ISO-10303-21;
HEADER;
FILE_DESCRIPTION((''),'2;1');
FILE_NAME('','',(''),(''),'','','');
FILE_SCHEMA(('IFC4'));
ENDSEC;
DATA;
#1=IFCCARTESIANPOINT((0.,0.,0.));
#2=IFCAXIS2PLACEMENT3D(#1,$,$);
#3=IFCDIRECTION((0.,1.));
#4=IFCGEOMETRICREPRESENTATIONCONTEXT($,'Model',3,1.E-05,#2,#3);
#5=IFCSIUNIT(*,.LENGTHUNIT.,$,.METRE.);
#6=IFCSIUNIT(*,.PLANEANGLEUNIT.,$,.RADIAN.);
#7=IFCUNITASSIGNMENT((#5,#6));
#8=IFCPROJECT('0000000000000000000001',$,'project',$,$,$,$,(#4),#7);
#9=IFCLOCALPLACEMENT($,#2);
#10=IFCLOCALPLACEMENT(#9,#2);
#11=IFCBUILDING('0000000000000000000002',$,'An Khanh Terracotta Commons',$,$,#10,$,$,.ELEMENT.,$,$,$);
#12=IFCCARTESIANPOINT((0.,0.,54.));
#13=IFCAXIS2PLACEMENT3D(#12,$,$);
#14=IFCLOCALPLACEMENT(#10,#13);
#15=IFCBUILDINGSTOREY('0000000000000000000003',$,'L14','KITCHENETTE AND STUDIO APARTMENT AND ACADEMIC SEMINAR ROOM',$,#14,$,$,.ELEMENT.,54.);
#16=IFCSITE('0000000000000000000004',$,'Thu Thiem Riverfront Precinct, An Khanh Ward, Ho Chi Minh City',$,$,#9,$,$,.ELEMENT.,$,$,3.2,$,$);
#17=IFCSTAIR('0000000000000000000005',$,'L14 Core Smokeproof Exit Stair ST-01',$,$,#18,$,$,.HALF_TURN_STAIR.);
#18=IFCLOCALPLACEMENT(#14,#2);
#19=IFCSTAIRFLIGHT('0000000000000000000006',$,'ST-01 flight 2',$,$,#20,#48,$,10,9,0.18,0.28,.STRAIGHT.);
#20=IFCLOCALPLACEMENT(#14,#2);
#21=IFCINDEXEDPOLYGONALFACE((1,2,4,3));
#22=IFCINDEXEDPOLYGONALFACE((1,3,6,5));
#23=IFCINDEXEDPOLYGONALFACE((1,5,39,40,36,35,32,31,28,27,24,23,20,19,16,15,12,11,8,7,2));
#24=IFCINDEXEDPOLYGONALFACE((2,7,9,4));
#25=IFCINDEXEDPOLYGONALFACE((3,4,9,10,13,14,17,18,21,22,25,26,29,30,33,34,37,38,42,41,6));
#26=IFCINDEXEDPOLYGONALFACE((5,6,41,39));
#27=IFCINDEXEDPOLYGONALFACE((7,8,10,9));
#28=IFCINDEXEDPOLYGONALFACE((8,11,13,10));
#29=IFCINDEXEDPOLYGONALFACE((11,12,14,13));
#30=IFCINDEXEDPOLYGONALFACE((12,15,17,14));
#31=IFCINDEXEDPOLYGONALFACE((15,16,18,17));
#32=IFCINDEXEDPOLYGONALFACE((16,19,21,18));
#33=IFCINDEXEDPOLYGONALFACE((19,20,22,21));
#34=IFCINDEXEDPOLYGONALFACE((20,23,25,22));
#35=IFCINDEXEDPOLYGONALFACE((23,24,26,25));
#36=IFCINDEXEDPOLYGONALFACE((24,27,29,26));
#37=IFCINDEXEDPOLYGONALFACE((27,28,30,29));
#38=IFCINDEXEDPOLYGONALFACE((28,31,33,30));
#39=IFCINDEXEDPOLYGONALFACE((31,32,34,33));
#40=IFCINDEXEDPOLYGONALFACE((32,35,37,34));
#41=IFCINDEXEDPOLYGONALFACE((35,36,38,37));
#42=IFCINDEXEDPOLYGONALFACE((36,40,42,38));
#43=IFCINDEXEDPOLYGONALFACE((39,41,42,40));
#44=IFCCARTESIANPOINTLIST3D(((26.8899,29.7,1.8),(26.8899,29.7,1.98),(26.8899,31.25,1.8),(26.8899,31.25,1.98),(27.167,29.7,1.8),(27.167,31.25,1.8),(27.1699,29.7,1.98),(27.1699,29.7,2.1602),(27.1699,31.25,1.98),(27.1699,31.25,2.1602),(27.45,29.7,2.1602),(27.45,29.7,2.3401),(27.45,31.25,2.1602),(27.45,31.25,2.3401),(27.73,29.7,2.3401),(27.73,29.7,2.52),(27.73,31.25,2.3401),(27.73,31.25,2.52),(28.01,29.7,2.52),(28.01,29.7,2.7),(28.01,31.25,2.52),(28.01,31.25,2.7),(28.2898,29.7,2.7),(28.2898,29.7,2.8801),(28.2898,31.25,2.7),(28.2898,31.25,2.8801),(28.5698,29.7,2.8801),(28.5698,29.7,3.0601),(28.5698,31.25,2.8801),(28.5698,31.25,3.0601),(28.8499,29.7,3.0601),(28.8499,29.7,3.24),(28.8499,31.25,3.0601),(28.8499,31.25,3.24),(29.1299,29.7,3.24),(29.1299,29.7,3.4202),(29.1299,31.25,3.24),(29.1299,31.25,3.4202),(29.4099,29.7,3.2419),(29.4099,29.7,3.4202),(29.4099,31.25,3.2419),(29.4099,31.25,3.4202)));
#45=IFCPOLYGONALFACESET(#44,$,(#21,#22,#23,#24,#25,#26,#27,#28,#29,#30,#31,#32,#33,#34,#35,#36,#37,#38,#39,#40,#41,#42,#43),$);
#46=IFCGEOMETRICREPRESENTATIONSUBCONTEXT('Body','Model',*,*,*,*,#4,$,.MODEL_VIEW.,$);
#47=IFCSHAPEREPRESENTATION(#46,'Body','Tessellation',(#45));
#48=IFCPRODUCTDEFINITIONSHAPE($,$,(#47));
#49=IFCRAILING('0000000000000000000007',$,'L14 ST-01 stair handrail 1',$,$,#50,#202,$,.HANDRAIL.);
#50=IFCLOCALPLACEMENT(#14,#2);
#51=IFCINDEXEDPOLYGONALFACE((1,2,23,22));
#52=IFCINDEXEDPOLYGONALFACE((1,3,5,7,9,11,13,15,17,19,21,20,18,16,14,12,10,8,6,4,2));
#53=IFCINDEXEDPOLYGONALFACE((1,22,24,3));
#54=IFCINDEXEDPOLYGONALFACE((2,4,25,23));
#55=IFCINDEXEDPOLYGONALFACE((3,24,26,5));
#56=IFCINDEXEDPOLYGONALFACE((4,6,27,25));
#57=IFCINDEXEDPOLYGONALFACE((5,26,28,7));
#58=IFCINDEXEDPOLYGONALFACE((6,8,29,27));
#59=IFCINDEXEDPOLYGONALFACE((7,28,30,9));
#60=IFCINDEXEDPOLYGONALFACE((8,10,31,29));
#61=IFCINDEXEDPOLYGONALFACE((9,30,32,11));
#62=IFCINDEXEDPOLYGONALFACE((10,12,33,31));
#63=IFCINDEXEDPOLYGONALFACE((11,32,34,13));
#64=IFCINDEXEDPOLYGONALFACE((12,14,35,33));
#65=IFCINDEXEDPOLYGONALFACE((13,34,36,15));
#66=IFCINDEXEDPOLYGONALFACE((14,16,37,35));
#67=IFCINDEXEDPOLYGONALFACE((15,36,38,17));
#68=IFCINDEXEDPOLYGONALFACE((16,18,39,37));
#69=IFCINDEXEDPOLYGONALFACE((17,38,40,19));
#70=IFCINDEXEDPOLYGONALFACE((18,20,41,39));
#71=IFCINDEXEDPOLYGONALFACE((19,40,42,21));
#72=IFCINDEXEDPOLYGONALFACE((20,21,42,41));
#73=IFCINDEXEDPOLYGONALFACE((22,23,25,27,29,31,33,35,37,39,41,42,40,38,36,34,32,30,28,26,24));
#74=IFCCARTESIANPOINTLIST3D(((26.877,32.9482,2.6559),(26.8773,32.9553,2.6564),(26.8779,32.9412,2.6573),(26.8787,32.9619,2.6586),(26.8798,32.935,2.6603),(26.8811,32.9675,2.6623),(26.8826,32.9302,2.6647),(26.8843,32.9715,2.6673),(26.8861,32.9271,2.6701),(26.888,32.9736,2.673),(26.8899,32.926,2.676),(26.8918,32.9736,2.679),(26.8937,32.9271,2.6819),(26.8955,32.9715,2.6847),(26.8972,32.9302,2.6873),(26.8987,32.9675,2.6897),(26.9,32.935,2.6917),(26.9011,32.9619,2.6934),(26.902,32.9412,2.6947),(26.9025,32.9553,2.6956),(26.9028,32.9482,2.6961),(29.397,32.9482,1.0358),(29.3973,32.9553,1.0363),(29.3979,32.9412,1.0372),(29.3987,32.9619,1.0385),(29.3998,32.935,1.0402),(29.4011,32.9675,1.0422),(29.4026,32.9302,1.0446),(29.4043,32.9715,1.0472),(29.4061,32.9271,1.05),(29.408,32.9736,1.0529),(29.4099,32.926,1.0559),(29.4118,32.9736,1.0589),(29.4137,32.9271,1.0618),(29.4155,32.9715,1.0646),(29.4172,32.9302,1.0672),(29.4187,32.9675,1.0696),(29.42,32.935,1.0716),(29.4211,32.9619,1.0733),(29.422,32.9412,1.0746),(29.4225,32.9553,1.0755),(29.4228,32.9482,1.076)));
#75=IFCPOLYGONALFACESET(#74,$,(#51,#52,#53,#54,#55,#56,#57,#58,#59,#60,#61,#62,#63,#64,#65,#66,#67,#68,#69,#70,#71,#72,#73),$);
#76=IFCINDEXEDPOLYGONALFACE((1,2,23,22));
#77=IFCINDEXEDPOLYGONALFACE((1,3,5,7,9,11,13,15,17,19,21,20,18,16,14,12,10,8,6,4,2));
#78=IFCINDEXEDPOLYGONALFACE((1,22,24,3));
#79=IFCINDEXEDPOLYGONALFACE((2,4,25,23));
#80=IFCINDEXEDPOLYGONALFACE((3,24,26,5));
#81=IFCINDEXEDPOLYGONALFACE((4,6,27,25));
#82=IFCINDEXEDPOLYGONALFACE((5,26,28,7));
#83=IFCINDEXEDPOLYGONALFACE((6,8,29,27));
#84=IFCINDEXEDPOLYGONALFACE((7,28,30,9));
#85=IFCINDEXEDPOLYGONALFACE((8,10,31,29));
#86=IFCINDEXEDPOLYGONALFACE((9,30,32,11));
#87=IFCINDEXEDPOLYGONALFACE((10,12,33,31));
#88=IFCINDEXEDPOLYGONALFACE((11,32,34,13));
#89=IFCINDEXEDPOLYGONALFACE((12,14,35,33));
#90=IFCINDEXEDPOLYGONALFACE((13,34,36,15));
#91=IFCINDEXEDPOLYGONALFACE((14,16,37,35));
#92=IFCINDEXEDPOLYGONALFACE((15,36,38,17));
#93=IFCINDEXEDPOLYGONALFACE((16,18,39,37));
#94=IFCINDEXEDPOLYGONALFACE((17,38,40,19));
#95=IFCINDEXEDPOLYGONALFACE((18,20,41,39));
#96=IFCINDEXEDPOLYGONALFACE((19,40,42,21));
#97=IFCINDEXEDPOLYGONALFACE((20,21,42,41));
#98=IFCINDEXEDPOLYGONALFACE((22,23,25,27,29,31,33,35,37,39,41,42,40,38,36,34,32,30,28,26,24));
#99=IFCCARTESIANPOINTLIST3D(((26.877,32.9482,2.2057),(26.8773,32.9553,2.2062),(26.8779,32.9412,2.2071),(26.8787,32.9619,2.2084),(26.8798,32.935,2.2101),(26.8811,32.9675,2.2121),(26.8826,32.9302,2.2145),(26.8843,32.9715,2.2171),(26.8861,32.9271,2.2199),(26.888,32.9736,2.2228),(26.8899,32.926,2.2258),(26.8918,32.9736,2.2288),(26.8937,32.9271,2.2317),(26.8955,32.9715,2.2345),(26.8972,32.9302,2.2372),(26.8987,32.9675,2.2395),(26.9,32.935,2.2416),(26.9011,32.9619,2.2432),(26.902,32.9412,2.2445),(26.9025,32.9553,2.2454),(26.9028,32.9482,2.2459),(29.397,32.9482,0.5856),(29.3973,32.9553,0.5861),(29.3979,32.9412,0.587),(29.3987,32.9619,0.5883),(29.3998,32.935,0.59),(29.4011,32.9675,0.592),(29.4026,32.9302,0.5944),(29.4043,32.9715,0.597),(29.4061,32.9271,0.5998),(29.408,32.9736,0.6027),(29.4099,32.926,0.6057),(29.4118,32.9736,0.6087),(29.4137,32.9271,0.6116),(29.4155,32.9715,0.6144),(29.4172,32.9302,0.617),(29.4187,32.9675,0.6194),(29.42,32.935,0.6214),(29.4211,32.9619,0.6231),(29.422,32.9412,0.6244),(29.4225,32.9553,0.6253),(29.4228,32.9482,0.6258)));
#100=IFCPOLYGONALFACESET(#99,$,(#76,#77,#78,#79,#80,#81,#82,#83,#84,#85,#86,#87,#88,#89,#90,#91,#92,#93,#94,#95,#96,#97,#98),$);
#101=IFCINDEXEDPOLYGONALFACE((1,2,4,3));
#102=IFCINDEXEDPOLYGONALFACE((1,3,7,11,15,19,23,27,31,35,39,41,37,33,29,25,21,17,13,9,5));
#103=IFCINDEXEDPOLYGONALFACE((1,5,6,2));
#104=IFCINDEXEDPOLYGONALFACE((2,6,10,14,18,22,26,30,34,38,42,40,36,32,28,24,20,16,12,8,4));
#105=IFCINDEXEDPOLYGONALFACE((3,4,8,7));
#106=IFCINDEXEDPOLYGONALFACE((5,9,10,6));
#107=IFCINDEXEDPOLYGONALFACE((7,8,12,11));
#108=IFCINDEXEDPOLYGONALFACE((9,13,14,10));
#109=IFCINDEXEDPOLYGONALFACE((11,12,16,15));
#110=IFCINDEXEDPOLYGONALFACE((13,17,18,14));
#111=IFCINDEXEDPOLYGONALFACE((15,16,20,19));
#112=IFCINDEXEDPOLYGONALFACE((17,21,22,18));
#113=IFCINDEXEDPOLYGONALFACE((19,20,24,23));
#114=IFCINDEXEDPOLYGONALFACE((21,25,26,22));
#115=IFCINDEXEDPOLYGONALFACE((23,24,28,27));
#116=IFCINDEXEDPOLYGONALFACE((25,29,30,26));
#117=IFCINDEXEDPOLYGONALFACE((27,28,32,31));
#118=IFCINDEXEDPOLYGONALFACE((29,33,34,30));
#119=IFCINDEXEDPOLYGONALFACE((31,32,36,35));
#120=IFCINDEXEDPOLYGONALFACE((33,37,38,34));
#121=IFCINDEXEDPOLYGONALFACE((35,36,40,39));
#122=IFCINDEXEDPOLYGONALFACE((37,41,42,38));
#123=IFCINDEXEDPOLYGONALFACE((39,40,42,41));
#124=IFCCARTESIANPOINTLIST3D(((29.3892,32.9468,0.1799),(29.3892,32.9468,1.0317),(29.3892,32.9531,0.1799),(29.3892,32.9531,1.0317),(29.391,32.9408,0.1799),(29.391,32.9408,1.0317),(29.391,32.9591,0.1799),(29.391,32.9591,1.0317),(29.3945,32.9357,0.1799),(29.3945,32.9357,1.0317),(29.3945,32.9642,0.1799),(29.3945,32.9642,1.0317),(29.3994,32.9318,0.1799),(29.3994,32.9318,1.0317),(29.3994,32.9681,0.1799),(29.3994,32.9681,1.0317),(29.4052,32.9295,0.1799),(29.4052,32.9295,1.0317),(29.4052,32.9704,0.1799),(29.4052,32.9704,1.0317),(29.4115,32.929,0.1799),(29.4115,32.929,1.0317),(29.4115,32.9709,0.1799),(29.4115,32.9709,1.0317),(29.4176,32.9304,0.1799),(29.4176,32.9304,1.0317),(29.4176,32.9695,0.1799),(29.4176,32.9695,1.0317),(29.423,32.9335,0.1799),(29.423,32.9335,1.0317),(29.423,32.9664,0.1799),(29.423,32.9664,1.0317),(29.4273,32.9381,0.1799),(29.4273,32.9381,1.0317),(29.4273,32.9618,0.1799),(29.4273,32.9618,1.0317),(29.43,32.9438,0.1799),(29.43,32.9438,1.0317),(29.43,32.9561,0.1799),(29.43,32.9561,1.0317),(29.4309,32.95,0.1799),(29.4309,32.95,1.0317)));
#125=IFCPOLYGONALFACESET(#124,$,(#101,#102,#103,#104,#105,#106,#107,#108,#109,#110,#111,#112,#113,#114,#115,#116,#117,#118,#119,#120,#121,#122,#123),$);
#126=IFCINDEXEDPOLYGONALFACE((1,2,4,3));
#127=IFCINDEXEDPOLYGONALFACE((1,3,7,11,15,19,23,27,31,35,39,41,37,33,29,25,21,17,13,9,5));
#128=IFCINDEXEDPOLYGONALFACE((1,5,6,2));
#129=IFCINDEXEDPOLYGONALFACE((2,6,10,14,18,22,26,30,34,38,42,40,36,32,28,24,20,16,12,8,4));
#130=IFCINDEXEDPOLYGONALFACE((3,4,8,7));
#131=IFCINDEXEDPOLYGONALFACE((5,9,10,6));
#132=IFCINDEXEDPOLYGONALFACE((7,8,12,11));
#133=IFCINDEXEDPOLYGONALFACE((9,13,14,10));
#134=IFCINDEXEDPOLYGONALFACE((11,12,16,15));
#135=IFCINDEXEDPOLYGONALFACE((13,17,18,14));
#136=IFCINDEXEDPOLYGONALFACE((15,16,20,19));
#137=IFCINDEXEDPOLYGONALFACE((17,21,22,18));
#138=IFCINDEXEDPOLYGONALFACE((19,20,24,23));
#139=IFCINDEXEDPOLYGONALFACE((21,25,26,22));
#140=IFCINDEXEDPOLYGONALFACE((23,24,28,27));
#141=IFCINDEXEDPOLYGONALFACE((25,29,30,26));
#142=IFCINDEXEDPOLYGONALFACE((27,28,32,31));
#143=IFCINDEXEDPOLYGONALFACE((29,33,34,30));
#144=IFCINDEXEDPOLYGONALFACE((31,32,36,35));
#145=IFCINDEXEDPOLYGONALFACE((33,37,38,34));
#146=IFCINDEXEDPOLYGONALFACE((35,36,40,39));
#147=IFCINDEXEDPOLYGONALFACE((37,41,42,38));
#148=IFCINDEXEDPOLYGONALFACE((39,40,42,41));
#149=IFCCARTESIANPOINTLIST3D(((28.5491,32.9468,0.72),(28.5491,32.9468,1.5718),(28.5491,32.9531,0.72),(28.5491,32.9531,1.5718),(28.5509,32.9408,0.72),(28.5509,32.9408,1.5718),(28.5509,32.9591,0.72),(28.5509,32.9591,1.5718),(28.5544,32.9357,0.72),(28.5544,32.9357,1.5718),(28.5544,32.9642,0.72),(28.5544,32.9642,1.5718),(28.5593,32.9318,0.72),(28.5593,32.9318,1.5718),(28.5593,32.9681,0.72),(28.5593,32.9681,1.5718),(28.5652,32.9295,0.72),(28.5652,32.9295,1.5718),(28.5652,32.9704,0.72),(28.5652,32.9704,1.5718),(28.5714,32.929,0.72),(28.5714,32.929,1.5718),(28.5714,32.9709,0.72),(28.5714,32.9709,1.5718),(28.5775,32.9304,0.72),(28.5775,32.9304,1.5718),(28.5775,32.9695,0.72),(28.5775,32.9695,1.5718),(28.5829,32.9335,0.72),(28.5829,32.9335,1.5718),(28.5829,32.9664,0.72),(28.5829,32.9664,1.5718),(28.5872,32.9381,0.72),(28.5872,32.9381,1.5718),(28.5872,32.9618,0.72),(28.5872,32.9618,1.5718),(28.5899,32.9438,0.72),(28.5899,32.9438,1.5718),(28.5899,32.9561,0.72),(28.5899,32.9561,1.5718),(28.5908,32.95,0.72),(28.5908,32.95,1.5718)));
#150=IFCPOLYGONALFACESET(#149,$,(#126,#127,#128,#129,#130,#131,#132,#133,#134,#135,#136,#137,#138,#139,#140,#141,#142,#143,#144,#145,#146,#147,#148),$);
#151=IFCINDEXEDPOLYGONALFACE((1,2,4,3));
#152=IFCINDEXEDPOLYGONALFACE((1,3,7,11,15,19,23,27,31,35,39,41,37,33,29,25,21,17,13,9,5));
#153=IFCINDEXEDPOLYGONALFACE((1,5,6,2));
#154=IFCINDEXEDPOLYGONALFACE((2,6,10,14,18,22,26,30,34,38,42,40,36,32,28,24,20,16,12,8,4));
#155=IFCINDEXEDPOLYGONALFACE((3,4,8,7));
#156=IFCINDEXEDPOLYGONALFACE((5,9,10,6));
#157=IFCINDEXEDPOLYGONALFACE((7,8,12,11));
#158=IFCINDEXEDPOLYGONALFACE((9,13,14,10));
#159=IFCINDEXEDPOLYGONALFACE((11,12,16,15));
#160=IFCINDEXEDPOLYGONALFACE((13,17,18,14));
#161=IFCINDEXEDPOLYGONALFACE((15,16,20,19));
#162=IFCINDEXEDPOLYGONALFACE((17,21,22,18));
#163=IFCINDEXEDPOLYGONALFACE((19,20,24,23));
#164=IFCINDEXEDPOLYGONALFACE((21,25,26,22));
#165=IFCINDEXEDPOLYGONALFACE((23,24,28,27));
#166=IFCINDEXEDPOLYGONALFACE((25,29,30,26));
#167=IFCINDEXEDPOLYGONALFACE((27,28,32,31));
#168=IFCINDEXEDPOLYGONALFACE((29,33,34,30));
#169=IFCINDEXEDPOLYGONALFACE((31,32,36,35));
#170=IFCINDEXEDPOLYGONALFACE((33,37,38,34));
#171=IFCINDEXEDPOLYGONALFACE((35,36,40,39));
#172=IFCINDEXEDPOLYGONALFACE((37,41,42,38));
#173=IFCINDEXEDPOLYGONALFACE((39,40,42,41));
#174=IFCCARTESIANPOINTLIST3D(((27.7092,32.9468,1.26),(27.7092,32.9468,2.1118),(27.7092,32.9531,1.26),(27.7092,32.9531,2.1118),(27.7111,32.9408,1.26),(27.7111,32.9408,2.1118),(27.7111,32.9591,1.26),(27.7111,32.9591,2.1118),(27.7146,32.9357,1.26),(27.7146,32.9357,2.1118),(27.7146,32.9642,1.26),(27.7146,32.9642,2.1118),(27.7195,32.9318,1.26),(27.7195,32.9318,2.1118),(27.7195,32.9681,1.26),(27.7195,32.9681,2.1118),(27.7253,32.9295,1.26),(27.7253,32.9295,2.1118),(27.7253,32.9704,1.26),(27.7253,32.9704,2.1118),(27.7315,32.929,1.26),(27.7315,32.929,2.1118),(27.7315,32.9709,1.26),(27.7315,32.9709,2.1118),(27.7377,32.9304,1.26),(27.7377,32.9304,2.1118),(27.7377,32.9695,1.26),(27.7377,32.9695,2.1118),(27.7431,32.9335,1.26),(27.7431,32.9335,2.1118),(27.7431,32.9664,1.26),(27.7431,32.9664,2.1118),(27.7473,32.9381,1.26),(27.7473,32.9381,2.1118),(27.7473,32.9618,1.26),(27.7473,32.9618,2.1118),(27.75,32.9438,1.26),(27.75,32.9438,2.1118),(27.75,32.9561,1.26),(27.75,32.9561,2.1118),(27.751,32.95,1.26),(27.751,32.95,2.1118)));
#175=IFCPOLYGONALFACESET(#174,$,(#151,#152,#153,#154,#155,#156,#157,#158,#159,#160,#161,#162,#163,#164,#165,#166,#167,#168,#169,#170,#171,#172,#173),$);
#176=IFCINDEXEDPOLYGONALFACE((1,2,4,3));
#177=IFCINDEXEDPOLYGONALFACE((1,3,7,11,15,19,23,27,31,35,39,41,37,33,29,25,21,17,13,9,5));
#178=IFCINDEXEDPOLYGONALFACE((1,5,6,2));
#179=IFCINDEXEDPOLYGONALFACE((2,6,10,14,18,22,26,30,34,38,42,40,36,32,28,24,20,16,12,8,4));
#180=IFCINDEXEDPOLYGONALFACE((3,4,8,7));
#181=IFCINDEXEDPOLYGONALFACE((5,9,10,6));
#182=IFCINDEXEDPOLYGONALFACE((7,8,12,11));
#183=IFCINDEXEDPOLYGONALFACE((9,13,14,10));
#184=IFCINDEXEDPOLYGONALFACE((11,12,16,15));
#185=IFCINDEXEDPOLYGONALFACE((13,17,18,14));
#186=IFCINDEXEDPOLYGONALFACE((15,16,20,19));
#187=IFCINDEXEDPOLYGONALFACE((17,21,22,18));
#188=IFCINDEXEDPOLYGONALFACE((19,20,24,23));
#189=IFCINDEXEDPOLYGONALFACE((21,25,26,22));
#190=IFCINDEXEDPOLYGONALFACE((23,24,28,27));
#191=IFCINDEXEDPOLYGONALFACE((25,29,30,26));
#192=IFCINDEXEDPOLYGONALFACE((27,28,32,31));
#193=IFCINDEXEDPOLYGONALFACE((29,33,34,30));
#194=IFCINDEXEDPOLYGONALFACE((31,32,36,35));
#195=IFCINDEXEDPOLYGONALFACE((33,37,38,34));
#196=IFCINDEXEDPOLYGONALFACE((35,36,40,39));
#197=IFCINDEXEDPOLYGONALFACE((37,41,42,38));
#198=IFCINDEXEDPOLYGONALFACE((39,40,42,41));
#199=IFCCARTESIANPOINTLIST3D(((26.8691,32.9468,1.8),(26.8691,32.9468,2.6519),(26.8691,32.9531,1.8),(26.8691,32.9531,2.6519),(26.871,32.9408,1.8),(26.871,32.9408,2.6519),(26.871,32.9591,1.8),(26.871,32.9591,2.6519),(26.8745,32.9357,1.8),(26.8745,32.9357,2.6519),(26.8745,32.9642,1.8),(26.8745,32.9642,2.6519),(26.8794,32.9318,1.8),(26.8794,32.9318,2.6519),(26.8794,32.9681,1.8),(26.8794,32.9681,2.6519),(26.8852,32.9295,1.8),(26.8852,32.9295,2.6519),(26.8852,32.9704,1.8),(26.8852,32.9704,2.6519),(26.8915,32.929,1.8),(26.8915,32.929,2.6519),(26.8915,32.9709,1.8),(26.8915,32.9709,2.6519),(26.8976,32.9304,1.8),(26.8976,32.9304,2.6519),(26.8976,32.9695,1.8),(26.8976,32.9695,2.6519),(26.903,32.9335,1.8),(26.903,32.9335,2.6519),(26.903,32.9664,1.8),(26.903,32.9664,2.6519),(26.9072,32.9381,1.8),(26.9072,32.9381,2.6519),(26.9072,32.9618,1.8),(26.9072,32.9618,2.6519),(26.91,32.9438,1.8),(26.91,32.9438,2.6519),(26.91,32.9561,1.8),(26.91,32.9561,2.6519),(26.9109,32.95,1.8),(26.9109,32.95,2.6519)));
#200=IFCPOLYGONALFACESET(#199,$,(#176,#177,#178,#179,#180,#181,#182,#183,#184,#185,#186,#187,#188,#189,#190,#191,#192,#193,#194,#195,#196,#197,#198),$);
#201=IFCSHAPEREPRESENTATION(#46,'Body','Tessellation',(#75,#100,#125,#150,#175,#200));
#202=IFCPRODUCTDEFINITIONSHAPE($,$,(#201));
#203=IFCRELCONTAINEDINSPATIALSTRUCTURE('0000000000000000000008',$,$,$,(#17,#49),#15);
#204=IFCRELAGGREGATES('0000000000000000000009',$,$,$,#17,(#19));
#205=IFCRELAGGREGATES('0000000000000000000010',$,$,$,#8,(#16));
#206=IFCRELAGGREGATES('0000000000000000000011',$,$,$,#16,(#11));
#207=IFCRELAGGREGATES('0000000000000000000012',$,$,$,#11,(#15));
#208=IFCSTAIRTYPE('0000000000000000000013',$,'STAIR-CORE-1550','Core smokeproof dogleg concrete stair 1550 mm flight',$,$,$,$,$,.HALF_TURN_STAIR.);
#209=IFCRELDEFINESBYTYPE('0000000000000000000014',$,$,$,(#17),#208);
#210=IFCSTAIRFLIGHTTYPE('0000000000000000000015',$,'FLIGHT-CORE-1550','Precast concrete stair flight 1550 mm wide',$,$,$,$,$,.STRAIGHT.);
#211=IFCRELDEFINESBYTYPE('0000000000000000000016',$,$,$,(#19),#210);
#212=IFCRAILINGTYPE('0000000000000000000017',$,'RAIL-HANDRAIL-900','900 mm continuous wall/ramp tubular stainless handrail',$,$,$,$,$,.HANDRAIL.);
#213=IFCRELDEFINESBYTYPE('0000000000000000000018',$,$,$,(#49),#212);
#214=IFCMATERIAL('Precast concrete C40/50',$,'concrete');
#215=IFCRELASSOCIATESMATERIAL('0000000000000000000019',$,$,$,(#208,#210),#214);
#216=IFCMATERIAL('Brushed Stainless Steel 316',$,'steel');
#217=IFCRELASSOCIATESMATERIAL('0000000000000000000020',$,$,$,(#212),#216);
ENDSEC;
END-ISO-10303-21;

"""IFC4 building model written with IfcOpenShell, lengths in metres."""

from ifc_helpers import new_model, si_unit, direction, frame, origin, origin_2d, place, context, subcontext, project, spatial, polyline, circle, outline, extrude, material, type_object, element, aggregate, save


model = new_model("IFC4")

# Units and contexts
model_context = context("Model", 3, precision=1e-05, world=origin(), true_north=direction((0.0, 1.0)))
body_context = subcontext(model_context, "Body", "Model", "MODEL_VIEW")
ifc_project = project(units=[si_unit("LENGTHUNIT", "METRE"), si_unit("PLANEANGLEUNIT", "RADIAN")], contexts=[model_context])

# Site, building, storey
site_placement = place(None, origin())
site = spatial("IfcSite", under=ifc_project, at=site_placement, Name="Thu Thiem Riverfront Precinct, An Khanh Ward, Ho Chi Minh City", CompositionType="ELEMENT", RefElevation=3.2)
building_placement = place(site_placement, origin())
building = spatial("IfcBuilding", under=site, at=building_placement, Name="An Khanh Terracotta Commons", CompositionType="ELEMENT")
storey_placement = place(building_placement, frame((0.0, 0.0, 54.0)))
storey = spatial("IfcBuildingStorey", under=building, at=storey_placement, Name="L14", Description="KITCHENETTE AND STUDIO APARTMENT AND ACADEMIC SEMINAR ROOM", CompositionType="ELEMENT", Elevation=54.0)

# Stair, stair flight
ifc_material_1 = material(Name="Precast concrete C40/50", Category="concrete")
stair_type = type_object("IfcStairType", Name="STAIR-CORE-1550", Description="Core smokeproof dogleg concrete stair 1550 mm flight", PredefinedType="HALF_TURN_STAIR", material=ifc_material_1)
stair_placement = place(storey_placement, origin())
stair = element("IfcStair", 1, at=stair_placement, inside=storey, type_object=stair_type, Name="L14 Core Smokeproof Exit Stair ST-01", PredefinedType="HALF_TURN_STAIR")
stair_flight_type = type_object("IfcStairFlightType", Name="FLIGHT-CORE-1550", Description="Precast concrete stair flight 1550 mm wide", PredefinedType="STRAIGHT", material=ifc_material_1)
stair_flight_1_placement = place(storey_placement, frame((26.8899, 30.4751, 1.8), z_axis=(0.0, 0.0, 1.0), x_axis=(1.0, 0.0, 0.0)))
stair_flight_1 = element("IfcStairFlight", 2, at=stair_flight_1_placement, type_object=stair_flight_type, Name="ST-01 flight 2", NumberOfRisers=10, NumberOfTreads=9, PredefinedType="STRAIGHT", RiserHeight=0.18, TreadLength=0.28, context=body_context, shape_type="SweptSolid", body=[
    extrude(outline(polyline([(0.0, 0.0), (0.0, 0.1799), (0.28, 0.1799), (0.28, 0.3601), (0.5601, 0.3601), (0.5601, 0.54), (0.8401, 0.54), (0.8401, 0.72), (1.1201, 0.72), (1.1201, 0.8999), (1.3999, 0.8999), (1.3999, 1.0801), (1.6799, 1.0801), (1.6799, 1.26), (1.96, 1.26), (1.96, 1.4399), (2.24, 1.4399), (2.24, 1.6201), (2.52, 1.6201), (2.52, 1.8), (2.52, 1.4419), (0.2771, 0.0), (0.0, 0.0)])), frame((0.0, 0.7749, 0.0), z_axis=(0.0, -1.0, 0.0), x_axis=(1.0, 0.0, 0.0)), (0.0, 0.0, 1.0), 1.55),
])
aggregate(stair, [stair_flight_1])

# Railing
ifc_material_2 = material(Name="Brushed Stainless Steel 316", Category="steel")
railing_type_1 = type_object("IfcRailingType", Name="RAIL-HANDRAIL-900", Description="900 mm continuous wall/ramp tubular stainless handrail", PredefinedType="HANDRAIL", material=ifc_material_2)
railing_1_placement = place(storey_placement, frame((29.4099, 32.95, 0.1799)))
element("IfcRailing", 3, at=railing_1_placement, inside=storey, type_object=railing_type_1, Name="L14 ST-01 stair handrail 1", PredefinedType="HANDRAIL", context=body_context, shape_type="SweptSolid", body=[
    extrude(circle(Radius=0.0239, at=origin_2d()), frame((0.0, 0.0, 0.876), z_axis=(-0.841163, 0.0, 0.540782), x_axis=(0.0, -1.0, 0.0)), (0.0, 0.0, 1.0), 2.9958),
    extrude(circle(Radius=0.0239, at=origin_2d()), frame((0.0, 0.0, 0.4258), z_axis=(-0.841163, 0.0, 0.540782), x_axis=(0.0, -1.0, 0.0)), (0.0, 0.0, 1.0), 2.9958),
    extrude(circle(Radius=0.021, at=origin_2d()), origin(), (0.0, 0.0, 1.0), 0.8518),
    extrude(circle(Radius=0.021, at=origin_2d()), frame((-0.8401, 0.0, 0.54)), (0.0, 0.0, 1.0), 0.8518),
    extrude(circle(Radius=0.021, at=origin_2d()), frame((-1.6799, 0.0, 1.0801)), (0.0, 0.0, 1.0), 0.8518),
    extrude(circle(Radius=0.021, at=origin_2d()), frame((-2.52, 0.0, 1.6201)), (0.0, 0.0, 1.0), 0.8518),
])

save(model, "model.ifc")
